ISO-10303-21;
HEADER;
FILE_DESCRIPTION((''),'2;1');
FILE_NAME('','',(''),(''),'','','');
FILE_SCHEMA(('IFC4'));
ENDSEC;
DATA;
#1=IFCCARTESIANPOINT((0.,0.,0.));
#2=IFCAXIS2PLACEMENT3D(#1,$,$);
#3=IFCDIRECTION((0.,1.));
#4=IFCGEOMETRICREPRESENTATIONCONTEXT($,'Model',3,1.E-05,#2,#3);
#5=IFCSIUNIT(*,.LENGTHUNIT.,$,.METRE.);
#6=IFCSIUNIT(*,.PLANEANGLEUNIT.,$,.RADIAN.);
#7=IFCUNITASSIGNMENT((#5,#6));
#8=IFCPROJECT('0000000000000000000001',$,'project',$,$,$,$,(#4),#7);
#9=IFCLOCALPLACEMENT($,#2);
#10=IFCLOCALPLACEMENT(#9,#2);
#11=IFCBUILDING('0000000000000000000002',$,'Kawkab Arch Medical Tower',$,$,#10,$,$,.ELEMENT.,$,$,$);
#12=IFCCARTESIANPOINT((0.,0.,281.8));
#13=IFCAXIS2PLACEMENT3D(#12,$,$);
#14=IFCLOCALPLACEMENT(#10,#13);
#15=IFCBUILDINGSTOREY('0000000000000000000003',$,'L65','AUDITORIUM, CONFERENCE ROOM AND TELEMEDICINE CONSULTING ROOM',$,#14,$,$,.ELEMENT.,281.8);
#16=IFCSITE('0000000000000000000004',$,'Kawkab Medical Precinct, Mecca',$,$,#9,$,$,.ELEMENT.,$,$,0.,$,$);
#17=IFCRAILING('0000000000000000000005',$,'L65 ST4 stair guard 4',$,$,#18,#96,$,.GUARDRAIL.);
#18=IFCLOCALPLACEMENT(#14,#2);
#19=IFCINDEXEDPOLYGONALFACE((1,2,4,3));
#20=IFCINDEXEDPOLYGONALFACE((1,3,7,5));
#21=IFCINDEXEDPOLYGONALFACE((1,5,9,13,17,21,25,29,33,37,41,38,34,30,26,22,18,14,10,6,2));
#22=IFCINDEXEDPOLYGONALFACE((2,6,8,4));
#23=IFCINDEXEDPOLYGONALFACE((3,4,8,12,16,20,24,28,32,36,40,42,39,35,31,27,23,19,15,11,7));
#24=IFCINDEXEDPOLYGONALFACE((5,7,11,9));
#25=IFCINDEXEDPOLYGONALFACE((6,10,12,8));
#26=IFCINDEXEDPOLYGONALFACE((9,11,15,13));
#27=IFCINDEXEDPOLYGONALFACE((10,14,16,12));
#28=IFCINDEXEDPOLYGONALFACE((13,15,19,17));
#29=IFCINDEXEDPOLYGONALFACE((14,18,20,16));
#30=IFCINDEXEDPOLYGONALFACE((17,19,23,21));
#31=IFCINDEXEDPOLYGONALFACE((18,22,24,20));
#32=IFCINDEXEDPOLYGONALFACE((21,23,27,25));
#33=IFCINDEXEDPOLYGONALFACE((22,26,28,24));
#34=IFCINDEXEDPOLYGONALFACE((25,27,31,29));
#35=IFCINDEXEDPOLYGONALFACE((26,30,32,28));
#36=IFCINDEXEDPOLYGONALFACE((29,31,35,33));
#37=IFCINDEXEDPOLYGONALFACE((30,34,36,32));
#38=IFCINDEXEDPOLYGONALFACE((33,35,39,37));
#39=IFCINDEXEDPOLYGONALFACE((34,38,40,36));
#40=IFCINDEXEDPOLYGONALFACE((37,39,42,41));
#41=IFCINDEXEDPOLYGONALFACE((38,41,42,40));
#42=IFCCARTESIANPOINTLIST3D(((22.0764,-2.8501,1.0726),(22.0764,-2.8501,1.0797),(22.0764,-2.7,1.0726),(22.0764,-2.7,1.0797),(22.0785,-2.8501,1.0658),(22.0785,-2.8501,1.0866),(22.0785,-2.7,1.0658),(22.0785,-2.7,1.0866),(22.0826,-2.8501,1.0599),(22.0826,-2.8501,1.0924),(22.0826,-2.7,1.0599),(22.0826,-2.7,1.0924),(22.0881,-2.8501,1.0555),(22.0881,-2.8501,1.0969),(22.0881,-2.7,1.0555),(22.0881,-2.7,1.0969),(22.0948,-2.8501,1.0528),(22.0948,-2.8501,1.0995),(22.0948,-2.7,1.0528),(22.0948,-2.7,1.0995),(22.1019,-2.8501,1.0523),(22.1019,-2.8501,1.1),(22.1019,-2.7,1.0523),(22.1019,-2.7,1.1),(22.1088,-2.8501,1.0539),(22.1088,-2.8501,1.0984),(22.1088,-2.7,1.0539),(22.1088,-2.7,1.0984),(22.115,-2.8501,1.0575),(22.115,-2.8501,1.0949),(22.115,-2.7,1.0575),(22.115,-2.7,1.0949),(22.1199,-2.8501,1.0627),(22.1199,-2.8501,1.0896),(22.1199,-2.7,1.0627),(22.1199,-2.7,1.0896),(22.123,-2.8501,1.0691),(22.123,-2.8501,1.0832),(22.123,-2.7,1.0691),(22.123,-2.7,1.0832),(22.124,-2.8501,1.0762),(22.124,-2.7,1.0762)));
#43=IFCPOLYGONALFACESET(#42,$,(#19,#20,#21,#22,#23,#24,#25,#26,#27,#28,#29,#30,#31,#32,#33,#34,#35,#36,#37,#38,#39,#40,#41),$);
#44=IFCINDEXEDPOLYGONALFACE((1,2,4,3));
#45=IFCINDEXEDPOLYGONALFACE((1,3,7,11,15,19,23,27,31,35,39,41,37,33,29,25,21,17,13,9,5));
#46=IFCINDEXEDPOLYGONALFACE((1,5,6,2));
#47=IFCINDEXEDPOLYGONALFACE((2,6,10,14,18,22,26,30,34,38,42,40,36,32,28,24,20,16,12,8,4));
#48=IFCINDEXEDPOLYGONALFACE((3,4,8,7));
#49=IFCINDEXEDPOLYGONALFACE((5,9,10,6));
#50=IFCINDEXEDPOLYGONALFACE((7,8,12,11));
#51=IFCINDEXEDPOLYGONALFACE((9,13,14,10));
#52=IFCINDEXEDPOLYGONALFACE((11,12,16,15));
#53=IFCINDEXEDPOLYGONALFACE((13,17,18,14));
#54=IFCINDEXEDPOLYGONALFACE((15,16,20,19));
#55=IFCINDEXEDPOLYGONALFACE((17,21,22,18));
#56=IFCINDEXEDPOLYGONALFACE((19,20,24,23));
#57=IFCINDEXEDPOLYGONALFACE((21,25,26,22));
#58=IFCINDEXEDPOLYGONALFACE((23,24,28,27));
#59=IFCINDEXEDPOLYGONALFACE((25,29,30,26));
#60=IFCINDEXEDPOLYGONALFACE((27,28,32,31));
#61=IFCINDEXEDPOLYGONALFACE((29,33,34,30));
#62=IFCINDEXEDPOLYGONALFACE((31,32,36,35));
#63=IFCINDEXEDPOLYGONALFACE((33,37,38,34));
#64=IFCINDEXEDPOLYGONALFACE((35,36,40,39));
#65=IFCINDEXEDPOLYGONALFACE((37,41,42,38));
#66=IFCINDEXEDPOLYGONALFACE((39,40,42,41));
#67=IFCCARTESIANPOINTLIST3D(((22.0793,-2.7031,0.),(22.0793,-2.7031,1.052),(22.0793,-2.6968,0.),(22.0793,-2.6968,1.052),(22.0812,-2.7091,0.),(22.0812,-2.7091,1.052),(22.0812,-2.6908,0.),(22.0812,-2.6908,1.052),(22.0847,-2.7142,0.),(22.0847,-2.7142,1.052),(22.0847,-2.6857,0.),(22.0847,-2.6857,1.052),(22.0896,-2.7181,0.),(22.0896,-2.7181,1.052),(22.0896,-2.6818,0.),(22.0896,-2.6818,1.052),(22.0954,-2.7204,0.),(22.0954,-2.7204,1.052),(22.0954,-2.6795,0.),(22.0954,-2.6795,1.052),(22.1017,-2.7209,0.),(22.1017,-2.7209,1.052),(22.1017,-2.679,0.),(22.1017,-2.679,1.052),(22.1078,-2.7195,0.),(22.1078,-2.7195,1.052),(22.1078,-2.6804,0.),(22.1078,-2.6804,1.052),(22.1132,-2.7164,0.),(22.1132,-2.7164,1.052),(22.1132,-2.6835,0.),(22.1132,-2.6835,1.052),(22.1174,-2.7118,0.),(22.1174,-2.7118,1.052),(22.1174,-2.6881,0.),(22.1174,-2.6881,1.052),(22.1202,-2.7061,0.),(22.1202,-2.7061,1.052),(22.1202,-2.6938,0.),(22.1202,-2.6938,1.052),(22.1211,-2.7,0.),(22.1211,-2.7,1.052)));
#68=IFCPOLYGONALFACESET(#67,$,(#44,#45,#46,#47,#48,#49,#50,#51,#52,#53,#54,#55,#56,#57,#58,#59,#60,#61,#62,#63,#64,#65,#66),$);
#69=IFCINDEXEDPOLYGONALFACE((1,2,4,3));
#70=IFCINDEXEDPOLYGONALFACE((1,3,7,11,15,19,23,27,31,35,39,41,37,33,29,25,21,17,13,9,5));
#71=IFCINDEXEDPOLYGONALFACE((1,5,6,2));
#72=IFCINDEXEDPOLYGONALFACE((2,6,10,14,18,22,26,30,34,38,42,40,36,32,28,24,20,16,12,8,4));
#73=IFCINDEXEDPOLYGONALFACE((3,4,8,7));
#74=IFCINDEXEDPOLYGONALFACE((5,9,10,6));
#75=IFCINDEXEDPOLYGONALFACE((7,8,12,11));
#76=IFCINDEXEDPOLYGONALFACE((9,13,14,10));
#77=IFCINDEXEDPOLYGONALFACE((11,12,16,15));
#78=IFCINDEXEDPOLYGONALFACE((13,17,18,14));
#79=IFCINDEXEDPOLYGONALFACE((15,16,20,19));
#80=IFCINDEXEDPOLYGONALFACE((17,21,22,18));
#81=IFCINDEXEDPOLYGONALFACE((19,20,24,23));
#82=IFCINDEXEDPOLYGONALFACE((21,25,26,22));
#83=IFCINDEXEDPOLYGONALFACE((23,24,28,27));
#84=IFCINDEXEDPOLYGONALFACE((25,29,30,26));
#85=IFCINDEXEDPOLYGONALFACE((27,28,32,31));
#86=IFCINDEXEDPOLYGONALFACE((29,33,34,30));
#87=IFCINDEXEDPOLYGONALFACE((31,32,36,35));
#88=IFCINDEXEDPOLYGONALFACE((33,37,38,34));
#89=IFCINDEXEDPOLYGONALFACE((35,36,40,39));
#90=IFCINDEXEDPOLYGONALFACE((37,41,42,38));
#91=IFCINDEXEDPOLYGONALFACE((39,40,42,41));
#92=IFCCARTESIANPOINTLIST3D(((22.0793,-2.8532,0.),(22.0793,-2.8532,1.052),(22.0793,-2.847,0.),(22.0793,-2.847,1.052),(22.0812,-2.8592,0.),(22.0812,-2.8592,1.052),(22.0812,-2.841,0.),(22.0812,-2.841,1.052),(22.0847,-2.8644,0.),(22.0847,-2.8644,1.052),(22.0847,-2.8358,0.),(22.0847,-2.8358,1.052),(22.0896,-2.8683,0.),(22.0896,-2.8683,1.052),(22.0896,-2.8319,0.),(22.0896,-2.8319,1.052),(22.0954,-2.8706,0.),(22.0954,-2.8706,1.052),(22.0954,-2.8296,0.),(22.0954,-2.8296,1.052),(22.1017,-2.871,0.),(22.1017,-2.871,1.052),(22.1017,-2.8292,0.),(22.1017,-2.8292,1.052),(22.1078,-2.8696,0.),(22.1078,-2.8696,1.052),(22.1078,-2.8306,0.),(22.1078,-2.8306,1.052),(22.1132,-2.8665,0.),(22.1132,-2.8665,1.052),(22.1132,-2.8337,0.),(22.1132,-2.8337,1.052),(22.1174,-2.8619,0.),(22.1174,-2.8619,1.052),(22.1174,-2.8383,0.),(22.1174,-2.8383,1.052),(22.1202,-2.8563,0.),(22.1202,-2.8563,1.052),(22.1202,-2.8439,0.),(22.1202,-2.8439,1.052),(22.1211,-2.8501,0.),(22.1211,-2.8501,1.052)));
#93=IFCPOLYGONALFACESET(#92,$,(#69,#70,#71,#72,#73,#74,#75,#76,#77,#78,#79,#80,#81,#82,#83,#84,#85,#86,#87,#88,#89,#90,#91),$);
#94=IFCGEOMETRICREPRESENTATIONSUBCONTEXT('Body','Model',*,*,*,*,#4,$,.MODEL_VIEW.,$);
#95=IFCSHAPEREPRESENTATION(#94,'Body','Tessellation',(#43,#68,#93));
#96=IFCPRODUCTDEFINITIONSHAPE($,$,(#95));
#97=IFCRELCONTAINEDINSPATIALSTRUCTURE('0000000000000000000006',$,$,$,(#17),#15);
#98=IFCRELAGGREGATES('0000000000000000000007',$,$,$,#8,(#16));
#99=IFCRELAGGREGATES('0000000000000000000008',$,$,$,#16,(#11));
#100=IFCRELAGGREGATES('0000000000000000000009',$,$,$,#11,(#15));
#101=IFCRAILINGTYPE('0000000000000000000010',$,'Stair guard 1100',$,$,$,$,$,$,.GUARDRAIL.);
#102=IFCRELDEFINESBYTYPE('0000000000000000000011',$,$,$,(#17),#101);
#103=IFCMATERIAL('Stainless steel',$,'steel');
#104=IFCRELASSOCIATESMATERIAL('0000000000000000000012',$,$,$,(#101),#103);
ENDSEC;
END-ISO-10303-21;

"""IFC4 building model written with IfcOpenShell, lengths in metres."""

from ifc_helpers import new_model, si_unit, direction, frame, origin, origin_2d, place, context, subcontext, project, spatial, circle, extrude, material, type_object, element, save


model = new_model("IFC4")

# Units and contexts
model_context = context("Model", 3, precision=1e-05, world=origin(), true_north=direction((0.0, 1.0)))
body_context = subcontext(model_context, "Body", "Model", "MODEL_VIEW")
ifc_project = project(units=[si_unit("LENGTHUNIT", "METRE"), si_unit("PLANEANGLEUNIT", "RADIAN")], contexts=[model_context])

# Site, building, storey
site_placement = place(None, origin())
site = spatial("IfcSite", under=ifc_project, at=site_placement, Name="Kawkab Medical Precinct, Mecca", CompositionType="ELEMENT", RefElevation=0.0)
building_placement = place(site_placement, origin())
building = spatial("IfcBuilding", under=site, at=building_placement, Name="Kawkab Arch Medical Tower", CompositionType="ELEMENT")
storey_placement = place(building_placement, frame((0.0, 0.0, 281.8)))
storey = spatial("IfcBuildingStorey", under=building, at=storey_placement, Name="L65", Description="AUDITORIUM, CONFERENCE ROOM AND TELEMEDICINE CONSULTING ROOM", CompositionType="ELEMENT", Elevation=281.8)

# Railing
ifc_material_1 = material(Name="Stainless steel", Category="steel")
railing_type = type_object("IfcRailingType", Name="Stair guard 1100", PredefinedType="GUARDRAIL", material=ifc_material_1)
railing_placement = place(storey_placement, frame((22.1001, -2.7, 0.0)))
element("IfcRailing", 1, at=railing_placement, inside=storey, type_object=railing_type, Name="L65 ST4 stair guard 4", PredefinedType="GUARDRAIL", context=body_context, shape_type="SweptSolid", body=[
    extrude(circle(Radius=0.0239, at=origin_2d()), frame((0.0, 0.0, 1.0762), z_axis=(0.0, -1.0, 0.0), x_axis=(1.0, 0.0, 0.0)), (0.0, 0.0, 1.0), 0.1501),
    extrude(circle(Radius=0.021, at=origin_2d()), origin(), (0.0, 0.0, 1.0), 1.052),
    extrude(circle(Radius=0.021, at=origin_2d()), frame((0.0, -0.1501, 0.0)), (0.0, 0.0, 1.0), 1.052),
])

save(model, "model.ifc")
